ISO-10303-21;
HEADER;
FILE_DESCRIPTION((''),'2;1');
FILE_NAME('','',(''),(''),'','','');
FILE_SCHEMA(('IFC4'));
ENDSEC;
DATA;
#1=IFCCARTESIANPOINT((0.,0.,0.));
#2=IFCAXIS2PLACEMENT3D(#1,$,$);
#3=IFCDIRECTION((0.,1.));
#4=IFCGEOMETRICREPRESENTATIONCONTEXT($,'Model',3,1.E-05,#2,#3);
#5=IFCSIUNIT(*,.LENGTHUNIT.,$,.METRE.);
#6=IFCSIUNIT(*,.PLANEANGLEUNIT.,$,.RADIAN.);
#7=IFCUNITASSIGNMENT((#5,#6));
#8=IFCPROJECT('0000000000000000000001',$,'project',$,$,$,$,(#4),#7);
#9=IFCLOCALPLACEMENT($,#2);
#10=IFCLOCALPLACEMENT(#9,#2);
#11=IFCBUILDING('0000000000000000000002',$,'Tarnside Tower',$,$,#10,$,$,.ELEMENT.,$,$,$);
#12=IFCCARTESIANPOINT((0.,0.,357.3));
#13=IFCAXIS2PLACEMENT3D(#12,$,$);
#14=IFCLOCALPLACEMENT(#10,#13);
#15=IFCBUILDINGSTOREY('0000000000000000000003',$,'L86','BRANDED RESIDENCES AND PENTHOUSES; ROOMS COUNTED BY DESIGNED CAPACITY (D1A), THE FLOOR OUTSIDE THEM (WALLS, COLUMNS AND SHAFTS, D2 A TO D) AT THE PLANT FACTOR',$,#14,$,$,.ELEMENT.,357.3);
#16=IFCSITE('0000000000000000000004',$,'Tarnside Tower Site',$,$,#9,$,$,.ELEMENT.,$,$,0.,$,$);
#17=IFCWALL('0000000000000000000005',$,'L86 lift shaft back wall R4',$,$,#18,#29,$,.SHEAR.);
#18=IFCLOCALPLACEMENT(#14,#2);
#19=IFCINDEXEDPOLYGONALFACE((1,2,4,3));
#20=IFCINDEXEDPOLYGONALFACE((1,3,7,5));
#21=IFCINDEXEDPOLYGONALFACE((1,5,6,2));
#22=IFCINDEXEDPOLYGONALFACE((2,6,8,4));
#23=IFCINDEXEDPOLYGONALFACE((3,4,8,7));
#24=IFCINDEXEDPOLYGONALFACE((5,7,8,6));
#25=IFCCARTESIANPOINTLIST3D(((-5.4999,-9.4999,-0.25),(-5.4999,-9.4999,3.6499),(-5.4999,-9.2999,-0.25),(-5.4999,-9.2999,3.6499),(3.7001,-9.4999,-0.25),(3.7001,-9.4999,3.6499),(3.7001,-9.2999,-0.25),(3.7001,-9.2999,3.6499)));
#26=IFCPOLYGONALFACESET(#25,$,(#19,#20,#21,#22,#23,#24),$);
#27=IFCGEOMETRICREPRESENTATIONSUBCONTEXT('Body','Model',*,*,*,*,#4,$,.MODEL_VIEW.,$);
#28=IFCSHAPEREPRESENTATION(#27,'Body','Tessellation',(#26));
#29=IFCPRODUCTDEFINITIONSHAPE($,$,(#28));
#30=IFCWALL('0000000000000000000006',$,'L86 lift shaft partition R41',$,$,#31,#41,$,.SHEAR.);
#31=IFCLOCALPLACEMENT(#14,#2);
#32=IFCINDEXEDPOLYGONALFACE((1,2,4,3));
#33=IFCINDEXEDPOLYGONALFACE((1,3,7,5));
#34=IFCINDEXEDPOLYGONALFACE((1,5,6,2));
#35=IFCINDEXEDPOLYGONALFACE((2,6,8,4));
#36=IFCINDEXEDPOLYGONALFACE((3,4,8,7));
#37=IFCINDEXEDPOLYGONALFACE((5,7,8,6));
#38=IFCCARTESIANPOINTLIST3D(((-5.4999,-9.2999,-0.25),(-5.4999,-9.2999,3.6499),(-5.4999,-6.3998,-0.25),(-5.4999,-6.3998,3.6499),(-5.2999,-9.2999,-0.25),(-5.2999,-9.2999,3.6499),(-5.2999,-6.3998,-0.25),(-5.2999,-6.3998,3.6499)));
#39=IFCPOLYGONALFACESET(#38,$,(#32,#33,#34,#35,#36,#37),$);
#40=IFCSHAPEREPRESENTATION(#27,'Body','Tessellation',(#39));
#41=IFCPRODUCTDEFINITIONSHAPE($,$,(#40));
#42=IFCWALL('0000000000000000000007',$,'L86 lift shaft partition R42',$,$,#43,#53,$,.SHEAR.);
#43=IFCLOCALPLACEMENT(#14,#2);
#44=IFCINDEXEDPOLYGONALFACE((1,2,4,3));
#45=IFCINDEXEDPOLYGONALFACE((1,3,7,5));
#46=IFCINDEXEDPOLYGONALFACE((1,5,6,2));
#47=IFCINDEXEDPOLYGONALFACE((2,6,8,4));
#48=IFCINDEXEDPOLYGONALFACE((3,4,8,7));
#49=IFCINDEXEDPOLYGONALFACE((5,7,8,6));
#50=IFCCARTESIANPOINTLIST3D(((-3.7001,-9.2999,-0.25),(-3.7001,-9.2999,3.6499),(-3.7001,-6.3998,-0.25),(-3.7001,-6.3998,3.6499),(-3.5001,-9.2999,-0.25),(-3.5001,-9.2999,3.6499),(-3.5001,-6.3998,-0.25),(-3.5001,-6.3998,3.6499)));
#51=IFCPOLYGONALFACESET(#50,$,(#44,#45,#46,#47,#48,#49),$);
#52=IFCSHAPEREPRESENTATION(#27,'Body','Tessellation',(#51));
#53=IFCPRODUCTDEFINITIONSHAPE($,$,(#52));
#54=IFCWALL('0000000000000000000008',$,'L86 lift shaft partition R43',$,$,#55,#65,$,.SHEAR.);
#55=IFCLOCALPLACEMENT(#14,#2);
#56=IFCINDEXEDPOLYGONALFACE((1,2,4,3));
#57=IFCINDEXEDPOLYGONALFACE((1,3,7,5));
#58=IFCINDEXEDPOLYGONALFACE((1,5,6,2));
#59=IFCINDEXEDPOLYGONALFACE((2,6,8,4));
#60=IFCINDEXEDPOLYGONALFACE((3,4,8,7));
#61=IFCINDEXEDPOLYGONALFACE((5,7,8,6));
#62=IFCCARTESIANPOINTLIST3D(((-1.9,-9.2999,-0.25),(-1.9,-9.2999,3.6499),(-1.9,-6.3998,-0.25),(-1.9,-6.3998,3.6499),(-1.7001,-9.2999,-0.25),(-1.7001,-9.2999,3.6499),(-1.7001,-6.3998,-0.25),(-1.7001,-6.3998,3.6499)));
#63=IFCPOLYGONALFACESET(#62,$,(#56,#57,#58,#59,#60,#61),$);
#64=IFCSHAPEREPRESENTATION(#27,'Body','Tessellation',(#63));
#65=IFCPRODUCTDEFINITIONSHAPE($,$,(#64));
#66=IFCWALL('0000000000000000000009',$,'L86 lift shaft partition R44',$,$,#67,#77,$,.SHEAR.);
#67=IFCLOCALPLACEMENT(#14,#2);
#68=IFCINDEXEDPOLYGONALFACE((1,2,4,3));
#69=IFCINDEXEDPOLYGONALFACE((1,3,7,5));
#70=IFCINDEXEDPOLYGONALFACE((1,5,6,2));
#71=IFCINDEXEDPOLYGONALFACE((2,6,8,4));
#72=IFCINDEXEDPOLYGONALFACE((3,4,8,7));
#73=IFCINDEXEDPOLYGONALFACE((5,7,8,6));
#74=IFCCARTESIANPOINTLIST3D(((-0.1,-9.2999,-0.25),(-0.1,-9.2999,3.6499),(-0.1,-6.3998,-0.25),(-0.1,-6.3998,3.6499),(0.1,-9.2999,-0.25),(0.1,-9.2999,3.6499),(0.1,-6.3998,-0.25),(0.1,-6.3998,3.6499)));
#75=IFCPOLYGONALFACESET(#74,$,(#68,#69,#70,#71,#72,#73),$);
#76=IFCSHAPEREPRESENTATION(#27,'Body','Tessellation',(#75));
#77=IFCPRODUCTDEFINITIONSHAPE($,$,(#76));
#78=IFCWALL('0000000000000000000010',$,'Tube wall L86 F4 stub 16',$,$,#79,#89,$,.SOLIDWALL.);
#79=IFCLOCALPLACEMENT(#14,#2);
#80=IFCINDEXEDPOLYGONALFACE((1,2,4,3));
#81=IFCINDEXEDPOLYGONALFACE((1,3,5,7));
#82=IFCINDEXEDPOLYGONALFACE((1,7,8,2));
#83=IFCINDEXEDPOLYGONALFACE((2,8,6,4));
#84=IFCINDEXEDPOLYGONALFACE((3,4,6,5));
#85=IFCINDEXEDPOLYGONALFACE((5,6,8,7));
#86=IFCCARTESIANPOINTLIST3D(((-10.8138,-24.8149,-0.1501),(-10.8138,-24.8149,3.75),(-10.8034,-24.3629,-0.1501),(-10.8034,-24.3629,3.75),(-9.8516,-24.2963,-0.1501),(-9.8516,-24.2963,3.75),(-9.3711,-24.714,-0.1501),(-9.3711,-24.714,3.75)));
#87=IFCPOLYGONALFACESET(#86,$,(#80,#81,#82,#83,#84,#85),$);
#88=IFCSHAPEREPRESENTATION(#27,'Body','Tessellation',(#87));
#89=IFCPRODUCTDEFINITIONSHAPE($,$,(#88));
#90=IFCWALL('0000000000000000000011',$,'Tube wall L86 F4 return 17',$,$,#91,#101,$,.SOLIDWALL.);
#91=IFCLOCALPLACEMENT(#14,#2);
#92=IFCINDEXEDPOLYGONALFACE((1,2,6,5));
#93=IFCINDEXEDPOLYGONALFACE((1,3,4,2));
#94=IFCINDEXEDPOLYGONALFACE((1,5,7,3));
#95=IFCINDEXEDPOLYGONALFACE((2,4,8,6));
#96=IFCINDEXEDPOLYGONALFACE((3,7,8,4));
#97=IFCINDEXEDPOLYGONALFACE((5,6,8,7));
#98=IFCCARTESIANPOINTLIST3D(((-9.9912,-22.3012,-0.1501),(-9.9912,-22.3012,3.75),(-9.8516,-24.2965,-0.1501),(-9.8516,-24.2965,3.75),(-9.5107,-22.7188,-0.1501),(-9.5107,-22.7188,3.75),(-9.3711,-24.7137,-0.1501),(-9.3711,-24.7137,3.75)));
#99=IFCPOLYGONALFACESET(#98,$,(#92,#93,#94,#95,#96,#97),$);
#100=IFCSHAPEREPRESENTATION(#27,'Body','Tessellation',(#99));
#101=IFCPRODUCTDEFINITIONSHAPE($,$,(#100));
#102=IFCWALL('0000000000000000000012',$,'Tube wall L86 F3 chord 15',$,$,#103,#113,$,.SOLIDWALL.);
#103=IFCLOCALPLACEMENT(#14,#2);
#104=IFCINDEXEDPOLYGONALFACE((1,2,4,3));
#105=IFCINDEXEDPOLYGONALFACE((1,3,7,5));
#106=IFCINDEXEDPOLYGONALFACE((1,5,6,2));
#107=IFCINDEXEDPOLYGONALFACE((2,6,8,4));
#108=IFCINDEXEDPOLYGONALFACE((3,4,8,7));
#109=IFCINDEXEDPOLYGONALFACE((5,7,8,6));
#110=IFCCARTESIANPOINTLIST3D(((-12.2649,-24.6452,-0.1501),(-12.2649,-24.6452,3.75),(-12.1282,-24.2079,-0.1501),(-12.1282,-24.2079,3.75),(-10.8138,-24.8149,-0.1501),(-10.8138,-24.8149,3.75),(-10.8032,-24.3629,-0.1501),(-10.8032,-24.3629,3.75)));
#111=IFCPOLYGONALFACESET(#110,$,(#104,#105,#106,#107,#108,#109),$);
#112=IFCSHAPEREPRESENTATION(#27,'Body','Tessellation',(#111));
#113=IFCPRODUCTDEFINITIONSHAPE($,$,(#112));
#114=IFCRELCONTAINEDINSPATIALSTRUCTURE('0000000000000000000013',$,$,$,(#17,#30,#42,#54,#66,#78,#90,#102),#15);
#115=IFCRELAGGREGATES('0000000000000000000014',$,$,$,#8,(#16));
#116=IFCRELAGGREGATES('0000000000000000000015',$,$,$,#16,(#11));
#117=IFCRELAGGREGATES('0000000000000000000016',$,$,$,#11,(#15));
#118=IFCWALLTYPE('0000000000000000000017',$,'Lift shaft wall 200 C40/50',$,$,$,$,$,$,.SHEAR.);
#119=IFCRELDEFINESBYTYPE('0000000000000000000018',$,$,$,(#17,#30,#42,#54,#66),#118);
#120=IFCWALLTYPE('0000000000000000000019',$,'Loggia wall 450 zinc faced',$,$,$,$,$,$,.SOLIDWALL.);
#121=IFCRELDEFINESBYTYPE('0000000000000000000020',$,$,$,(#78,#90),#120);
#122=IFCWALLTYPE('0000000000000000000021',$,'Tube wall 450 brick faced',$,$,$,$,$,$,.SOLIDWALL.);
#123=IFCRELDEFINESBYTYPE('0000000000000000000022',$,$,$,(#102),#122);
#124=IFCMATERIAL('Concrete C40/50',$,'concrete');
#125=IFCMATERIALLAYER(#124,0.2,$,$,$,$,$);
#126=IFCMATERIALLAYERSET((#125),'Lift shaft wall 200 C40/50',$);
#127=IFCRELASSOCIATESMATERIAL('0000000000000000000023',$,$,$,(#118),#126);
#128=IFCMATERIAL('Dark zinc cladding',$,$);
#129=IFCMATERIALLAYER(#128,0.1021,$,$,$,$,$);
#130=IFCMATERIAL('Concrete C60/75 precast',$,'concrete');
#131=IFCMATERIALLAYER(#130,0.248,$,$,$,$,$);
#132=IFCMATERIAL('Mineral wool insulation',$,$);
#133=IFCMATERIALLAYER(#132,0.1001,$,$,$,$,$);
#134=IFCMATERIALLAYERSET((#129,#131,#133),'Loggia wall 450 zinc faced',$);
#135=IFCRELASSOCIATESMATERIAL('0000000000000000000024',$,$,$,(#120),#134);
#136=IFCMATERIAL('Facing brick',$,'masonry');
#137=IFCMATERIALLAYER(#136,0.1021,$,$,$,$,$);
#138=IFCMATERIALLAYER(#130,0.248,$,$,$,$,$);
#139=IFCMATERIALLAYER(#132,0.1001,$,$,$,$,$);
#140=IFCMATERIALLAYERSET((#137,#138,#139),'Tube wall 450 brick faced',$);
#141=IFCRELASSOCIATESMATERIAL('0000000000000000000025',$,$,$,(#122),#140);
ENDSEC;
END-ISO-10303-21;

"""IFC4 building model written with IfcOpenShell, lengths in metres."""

from ifc_helpers import new_model, si_unit, direction, frame, frame_2d, origin, place, context, subcontext, project, spatial, polyline, rectangle, outline, extrude, material, layer, layer_set, type_object, element, save


model = new_model("IFC4")

# Units and contexts
model_context = context("Model", 3, precision=1e-05, world=origin(), true_north=direction((0.0, 1.0)))
body_context = subcontext(model_context, "Body", "Model", "MODEL_VIEW")
ifc_project = project(units=[si_unit("LENGTHUNIT", "METRE"), si_unit("PLANEANGLEUNIT", "RADIAN")], contexts=[model_context])

# Site, building, storey
site_placement = place(None, origin())
site = spatial("IfcSite", under=ifc_project, at=site_placement, Name="Tarnside Tower Site", CompositionType="ELEMENT", RefElevation=0.0)
building_placement = place(site_placement, origin())
building = spatial("IfcBuilding", under=site, at=building_placement, Name="Tarnside Tower", CompositionType="ELEMENT")
storey_placement = place(building_placement, frame((0.0, 0.0, 357.3)))
storey = spatial("IfcBuildingStorey", under=building, at=storey_placement, Name="L86", Description="BRANDED RESIDENCES AND PENTHOUSES; ROOMS COUNTED BY DESIGNED CAPACITY (D1A), THE FLOOR OUTSIDE THEM (WALLS, COLUMNS AND SHAFTS, D2 A TO D) AT THE PLANT FACTOR", CompositionType="ELEMENT", Elevation=357.3)

# Walls
ifc_material_1 = material(Name="Concrete C40/50", Category="concrete")
ifc_layer_1 = layer(ifc_material_1, 0.2)
ifc_layer_set_1 = layer_set([ifc_layer_1], Name="Lift shaft wall 200 C40/50")
wall_type_1 = type_object("IfcWallType", Name="Lift shaft wall 200 C40/50", PredefinedType="SHEAR", material=ifc_layer_set_1)
wall_1_placement = place(storey_placement, frame((-5.5, -9.3999, -0.25), z_axis=(0.0, 0.0, 1.0), x_axis=(1.0, 0.0, 0.0)))
element("IfcWall", 1, at=wall_1_placement, inside=storey, type_object=wall_type_1, Name="L86 lift shaft back wall R4", PredefinedType="SHEAR", context=body_context, shape_type="SweptSolid", body=[
    extrude(rectangle(XDim=9.2, YDim=0.2, at=frame_2d((4.6001, 0.0))), origin(), (0.0, 0.0, 1.0), 3.8999),
])
for number, where, z_axis, x_axis, name in (
    (2, (-5.3999, -9.3, -0.25), (0.0, 0.0, 1.0), (0.0, 1.0, 0.0), "L86 lift shaft partition R41"),
    (3, (-3.6001, -9.3, -0.25), (0.0, 0.0, 1.0), (0.0, 1.0, 0.0), "L86 lift shaft partition R42"),
    (4, (-1.8, -9.3, -0.25), (0.0, 0.0, 1.0), (0.0, 1.0, 0.0), "L86 lift shaft partition R43"),
    (5, (0.0, -9.3, -0.25), (0.0, 0.0, 1.0), (0.0, 1.0, 0.0), "L86 lift shaft partition R44"),
):
    element("IfcWall", number, at=place(storey_placement, frame(where, z_axis=z_axis, x_axis=x_axis)), inside=storey, type_object=wall_type_1, Name=name, PredefinedType="SHEAR", context=body_context, shape_type="SweptSolid", body=[
        extrude(rectangle(XDim=2.9001, YDim=0.2, at=frame_2d((1.4502, 0.0))), origin(), (0.0, 0.0, 1.0), 3.8999),
    ])
ifc_material_2 = material(Name="Dark zinc cladding")
ifc_layer_2 = layer(ifc_material_2, 0.1021)
ifc_material_3 = material(Name="Concrete C60/75 precast", Category="concrete")
ifc_layer_3 = layer(ifc_material_3, 0.248)
ifc_material_4 = material(Name="Mineral wool insulation")
ifc_layer_4 = layer(ifc_material_4, 0.1001)
ifc_layer_set_2 = layer_set([ifc_layer_2, ifc_layer_3, ifc_layer_4], Name="Loggia wall 450 zinc faced")
wall_type_2 = type_object("IfcWallType", Name="Loggia wall 450 zinc faced", PredefinedType="SOLIDWALL", material=ifc_layer_set_2)
wall_2_placement = place(storey_placement, frame((-10.8086, -24.5889, -0.1501), z_axis=(0.0, 0.0, 1.0), x_axis=(0.997563, 0.069772, 0.0)))
element("IfcWall", 6, at=wall_2_placement, inside=storey, type_object=wall_type_2, Name="Tube wall L86 F4 stub 16", PredefinedType="SOLIDWALL", context=body_context, shape_type="SweptSolid", body=[
    extrude(outline(polyline([(-0.021, -0.2251), (1.4253, -0.2251), (0.9751, 0.2251), (0.021, 0.2251), (-0.021, -0.2251)])), origin(), (0.0, 0.0, 1.0), 3.9001),
])
wall_3_placement = place(storey_placement, frame((-9.6113, -24.5051, -0.1501), z_axis=(0.0, 0.0, 1.0), x_axis=(-0.069824, 0.997559, 0.0)))
element("IfcWall", 7, at=wall_3_placement, inside=storey, type_object=wall_type_2, Name="Tube wall L86 F4 return 17", PredefinedType="SOLIDWALL", context=body_context, shape_type="SweptSolid", body=[
    extrude(outline(polyline([(-0.2249, -0.2251), (1.7749, -0.2251), (2.2251, 0.2251), (0.2249, 0.2251), (-0.2249, -0.2251)])), origin(), (0.0, 0.0, 1.0), 3.9001),
])

# Wall
ifc_material_5 = material(Name="Facing brick", Category="masonry")
ifc_layer_5 = layer(ifc_material_5, 0.1021)
ifc_layer_6 = layer(ifc_material_3, 0.248)
ifc_layer_7 = layer(ifc_material_4, 0.1001)
ifc_layer_set_3 = layer_set([ifc_layer_5, ifc_layer_6, ifc_layer_7], Name="Tube wall 450 brick faced")
wall_type_3 = type_object("IfcWallType", Name="Tube wall 450 brick faced", PredefinedType="SOLIDWALL", material=ifc_layer_set_3)
wall_4_placement = place(storey_placement, frame((-12.1965, -24.4265, -0.1501), z_axis=(0.0, 0.0, 1.0), x_axis=(0.993228, -0.116182, 0.0)))
element("IfcWall", 8, at=wall_4_placement, inside=storey, type_object=wall_type_3, Name="Tube wall L86 F3 chord 15", PredefinedType="SOLIDWALL", context=body_context, shape_type="SweptSolid", body=[
    extrude(outline(polyline([(-0.0425, -0.2251), (1.4185, -0.2251), (1.3765, 0.2251), (0.0425, 0.2251), (-0.0425, -0.2251)])), origin(), (0.0, 0.0, 1.0), 3.9001),
])

save(model, "model.ifc")
